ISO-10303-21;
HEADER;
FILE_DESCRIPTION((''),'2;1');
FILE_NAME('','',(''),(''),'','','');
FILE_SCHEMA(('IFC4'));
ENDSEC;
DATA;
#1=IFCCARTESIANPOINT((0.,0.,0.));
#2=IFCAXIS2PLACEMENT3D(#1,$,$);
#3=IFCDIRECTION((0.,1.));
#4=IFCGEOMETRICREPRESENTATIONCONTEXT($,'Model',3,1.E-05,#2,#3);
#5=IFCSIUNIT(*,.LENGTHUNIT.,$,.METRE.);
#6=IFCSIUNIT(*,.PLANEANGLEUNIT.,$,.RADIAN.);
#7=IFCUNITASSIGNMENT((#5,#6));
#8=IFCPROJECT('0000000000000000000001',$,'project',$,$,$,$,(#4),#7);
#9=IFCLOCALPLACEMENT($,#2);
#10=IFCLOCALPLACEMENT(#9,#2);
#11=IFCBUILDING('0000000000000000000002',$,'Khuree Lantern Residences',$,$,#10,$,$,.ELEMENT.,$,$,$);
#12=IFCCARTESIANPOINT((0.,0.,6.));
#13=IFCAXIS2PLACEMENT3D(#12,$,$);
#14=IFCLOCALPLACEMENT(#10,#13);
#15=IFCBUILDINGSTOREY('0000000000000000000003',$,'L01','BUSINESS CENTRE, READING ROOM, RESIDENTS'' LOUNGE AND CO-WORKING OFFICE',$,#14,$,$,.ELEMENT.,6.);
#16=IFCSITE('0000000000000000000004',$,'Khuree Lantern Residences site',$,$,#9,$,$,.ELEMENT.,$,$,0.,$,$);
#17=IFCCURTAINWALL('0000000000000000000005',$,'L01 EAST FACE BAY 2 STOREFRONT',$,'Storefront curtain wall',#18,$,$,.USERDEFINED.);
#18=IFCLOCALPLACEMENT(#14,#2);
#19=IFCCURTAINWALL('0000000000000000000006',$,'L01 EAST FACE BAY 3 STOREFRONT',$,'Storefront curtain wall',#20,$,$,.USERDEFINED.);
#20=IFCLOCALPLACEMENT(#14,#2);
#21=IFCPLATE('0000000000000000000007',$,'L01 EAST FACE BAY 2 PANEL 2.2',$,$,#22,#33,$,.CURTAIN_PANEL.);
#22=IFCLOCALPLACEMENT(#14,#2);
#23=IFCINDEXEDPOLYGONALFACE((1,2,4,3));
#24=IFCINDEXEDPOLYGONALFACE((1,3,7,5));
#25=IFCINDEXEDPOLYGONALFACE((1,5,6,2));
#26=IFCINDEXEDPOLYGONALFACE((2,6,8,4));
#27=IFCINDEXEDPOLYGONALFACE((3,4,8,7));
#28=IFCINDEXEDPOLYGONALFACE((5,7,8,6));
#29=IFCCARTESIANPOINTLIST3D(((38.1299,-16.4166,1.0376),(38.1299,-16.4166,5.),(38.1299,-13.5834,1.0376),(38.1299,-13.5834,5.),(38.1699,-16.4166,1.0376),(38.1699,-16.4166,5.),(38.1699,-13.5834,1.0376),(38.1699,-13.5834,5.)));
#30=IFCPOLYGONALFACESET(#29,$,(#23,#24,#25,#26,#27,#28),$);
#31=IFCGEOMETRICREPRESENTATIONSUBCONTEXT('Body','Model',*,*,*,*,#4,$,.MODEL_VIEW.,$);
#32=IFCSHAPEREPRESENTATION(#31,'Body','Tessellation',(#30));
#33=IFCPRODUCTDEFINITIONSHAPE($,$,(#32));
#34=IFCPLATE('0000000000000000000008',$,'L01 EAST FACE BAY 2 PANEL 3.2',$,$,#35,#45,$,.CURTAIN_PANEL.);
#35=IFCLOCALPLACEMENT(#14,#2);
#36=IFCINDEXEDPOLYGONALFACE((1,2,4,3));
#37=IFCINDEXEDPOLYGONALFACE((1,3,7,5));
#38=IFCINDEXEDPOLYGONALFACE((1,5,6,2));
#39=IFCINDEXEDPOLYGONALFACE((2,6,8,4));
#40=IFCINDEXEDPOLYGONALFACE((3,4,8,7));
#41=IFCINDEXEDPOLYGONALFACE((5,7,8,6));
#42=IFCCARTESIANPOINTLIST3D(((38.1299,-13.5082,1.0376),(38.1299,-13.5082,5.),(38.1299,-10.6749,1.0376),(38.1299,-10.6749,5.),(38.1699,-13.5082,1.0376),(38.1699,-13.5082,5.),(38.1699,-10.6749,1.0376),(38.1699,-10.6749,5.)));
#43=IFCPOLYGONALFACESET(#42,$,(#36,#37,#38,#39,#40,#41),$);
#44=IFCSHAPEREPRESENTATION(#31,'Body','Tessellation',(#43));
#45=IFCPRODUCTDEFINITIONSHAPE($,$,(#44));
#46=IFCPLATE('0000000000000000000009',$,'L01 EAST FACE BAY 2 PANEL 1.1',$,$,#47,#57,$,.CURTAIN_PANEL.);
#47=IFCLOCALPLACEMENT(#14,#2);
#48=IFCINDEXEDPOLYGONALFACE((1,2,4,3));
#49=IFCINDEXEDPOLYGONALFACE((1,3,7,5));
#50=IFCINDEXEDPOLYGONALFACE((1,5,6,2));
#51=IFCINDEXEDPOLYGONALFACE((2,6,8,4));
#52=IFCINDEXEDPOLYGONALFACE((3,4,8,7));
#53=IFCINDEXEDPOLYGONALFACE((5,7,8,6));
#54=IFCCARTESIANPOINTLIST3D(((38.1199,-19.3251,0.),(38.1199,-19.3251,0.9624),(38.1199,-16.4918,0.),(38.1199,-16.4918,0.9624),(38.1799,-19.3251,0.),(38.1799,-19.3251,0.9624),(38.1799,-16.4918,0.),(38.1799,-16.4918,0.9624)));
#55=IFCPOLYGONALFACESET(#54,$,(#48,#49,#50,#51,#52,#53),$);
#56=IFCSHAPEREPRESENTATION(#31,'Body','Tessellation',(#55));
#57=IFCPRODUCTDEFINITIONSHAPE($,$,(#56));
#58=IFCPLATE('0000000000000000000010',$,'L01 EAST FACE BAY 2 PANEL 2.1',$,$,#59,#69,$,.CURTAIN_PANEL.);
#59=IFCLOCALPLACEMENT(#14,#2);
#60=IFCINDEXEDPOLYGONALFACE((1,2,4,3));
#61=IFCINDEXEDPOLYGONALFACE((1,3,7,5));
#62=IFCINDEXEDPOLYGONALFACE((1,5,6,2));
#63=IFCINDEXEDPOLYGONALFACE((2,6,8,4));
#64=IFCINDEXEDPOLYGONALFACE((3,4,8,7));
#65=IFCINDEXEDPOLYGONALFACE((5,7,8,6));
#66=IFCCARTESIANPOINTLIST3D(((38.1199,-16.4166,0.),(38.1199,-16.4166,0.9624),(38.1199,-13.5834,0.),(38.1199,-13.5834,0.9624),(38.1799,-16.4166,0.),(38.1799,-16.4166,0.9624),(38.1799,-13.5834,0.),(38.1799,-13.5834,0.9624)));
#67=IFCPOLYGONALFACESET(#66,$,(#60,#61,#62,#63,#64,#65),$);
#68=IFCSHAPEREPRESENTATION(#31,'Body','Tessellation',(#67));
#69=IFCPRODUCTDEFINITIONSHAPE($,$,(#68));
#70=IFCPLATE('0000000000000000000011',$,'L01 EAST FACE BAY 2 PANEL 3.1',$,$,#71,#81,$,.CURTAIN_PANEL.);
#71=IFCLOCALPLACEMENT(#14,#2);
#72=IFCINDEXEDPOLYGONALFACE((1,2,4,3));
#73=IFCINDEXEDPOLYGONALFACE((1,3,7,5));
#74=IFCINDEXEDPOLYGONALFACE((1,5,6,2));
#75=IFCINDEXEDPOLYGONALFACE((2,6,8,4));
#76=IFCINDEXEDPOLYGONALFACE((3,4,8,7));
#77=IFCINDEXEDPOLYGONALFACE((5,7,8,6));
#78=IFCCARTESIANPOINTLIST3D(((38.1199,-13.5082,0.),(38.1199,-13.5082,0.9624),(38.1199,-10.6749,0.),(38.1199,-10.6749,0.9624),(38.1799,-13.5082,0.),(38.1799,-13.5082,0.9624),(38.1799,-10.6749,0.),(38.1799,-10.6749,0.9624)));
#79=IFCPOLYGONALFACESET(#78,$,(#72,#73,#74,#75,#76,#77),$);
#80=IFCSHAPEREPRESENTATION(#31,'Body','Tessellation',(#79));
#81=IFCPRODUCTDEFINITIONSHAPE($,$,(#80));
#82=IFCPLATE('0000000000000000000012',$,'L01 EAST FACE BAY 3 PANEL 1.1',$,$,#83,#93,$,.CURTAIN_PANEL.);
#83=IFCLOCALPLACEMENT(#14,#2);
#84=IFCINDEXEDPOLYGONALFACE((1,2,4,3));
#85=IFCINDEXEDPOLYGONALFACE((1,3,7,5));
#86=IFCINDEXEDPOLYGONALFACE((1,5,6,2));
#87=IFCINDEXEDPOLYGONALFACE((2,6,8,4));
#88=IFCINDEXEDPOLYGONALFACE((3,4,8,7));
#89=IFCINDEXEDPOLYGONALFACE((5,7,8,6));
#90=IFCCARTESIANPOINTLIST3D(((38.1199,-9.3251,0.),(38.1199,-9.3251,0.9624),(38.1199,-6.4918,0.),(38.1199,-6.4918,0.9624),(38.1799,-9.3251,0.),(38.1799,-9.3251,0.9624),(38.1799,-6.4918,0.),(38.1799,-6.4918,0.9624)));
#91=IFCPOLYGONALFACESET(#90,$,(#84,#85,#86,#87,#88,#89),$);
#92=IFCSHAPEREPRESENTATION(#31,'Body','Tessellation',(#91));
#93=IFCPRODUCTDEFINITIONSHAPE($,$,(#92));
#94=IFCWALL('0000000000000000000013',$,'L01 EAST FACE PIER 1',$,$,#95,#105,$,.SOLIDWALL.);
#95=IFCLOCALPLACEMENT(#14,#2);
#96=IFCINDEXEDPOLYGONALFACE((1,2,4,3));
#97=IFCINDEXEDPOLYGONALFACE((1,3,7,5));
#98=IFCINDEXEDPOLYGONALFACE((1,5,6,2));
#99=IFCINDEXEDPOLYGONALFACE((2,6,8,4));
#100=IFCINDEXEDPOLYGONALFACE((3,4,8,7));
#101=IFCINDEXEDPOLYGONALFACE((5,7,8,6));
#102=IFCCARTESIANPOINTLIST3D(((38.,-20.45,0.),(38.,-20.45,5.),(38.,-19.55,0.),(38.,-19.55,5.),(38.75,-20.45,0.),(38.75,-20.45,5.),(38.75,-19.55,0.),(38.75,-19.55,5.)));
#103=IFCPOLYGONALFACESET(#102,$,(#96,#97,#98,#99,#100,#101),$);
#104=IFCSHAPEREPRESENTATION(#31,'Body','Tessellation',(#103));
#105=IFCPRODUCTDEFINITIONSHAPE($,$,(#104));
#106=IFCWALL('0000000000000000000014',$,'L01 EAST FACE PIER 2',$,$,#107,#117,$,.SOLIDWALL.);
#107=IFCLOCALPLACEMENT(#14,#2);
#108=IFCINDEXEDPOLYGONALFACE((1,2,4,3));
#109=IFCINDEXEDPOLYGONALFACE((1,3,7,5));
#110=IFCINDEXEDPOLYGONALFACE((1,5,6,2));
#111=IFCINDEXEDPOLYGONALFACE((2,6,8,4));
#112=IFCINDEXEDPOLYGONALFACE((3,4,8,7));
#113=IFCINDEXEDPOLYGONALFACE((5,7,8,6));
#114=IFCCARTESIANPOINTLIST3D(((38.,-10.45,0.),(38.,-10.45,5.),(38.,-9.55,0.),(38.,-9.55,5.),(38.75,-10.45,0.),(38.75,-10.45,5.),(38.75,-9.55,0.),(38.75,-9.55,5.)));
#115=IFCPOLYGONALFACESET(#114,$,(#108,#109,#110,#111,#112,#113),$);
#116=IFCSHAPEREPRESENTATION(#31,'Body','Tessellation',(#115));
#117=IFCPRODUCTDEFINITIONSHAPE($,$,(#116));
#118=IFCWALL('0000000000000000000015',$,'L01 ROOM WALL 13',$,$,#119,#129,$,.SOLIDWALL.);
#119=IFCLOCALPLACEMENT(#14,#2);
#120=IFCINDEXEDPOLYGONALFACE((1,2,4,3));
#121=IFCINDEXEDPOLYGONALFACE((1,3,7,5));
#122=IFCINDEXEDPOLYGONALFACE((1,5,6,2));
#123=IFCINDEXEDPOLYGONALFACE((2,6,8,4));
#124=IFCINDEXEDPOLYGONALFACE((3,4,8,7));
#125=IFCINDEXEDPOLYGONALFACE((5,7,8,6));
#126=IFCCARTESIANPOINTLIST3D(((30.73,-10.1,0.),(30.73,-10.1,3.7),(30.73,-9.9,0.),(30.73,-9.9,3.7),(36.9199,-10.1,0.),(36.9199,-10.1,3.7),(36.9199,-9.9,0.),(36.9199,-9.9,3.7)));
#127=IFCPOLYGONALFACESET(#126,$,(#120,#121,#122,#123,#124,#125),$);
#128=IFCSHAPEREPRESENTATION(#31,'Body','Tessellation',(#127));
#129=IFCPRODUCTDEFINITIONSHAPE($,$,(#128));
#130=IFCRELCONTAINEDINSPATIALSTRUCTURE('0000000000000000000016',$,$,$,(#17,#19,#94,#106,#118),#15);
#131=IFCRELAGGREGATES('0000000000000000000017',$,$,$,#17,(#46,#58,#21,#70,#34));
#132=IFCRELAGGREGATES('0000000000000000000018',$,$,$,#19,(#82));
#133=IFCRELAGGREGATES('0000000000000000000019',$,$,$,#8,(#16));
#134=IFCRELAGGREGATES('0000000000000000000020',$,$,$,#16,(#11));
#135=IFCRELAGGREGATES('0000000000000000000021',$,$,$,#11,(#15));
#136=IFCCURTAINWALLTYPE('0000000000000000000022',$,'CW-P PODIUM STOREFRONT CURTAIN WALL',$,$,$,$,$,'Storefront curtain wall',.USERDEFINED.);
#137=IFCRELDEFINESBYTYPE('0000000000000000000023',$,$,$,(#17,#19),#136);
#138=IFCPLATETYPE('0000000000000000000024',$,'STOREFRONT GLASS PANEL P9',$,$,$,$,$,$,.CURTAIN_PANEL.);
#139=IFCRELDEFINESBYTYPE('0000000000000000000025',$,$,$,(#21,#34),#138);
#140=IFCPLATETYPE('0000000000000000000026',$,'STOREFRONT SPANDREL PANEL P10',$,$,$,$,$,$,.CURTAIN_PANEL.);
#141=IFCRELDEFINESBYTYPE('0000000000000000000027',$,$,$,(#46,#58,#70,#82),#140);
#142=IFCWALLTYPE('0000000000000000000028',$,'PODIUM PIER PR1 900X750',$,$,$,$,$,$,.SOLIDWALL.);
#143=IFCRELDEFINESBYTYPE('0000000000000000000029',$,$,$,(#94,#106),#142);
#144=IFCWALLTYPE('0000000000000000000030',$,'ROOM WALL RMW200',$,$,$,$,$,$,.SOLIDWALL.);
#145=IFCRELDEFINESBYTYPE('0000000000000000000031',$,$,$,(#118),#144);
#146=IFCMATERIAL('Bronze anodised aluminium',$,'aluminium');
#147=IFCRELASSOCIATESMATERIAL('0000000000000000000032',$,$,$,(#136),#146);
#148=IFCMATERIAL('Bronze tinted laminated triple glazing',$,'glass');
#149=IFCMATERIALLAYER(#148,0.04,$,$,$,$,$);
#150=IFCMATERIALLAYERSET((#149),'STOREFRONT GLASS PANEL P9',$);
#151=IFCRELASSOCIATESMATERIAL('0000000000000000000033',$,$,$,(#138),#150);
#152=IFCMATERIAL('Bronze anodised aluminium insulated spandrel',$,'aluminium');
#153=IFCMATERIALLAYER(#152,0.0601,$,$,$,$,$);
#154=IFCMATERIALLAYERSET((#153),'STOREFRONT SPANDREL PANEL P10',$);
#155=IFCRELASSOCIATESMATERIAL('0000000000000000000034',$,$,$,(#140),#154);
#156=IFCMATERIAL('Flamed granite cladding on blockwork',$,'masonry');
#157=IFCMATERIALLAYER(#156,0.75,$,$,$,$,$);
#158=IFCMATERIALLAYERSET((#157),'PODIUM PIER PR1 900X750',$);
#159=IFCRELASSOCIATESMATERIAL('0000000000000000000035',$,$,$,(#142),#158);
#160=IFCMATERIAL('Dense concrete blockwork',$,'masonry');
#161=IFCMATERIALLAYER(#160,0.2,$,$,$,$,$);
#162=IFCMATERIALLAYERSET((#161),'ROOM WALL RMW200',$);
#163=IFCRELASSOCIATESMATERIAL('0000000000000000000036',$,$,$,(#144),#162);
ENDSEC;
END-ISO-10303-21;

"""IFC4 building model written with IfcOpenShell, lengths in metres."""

from ifc_helpers import new_model, si_unit, direction, frame, frame_2d, origin, origin_2d, place, context, subcontext, project, spatial, rectangle, extrude, material, layer, layer_set, type_object, element, aggregate, save


model = new_model("IFC4")

# Units and contexts
model_context = context("Model", 3, precision=1e-05, world=origin(), true_north=direction((0.0, 1.0)))
body_context = subcontext(model_context, "Body", "Model", "MODEL_VIEW")
ifc_project = project(units=[si_unit("LENGTHUNIT", "METRE"), si_unit("PLANEANGLEUNIT", "RADIAN")], contexts=[model_context])

# Site, building, storey
site_placement = place(None, origin())
site = spatial("IfcSite", under=ifc_project, at=site_placement, Name="Khuree Lantern Residences site", CompositionType="ELEMENT", RefElevation=0.0)
building_placement = place(site_placement, origin())
building = spatial("IfcBuilding", under=site, at=building_placement, Name="Khuree Lantern Residences", CompositionType="ELEMENT")
storey_placement = place(building_placement, frame((0.0, 0.0, 6.0)))
storey = spatial("IfcBuildingStorey", under=building, at=storey_placement, Name="L01", Description="BUSINESS CENTRE, READING ROOM, RESIDENTS' LOUNGE AND CO-WORKING OFFICE", CompositionType="ELEMENT", Elevation=6.0)

# Curtain wall
ifc_material_1 = material(Name="Bronze anodised aluminium", Category="aluminium")
curtain_wall_type = type_object("IfcCurtainWallType", Name="CW-P PODIUM STOREFRONT CURTAIN WALL", ElementType="Storefront curtain wall", PredefinedType="USERDEFINED", material=ifc_material_1)
curtain_wall_1_placement = place(storey_placement, origin())
curtain_wall_1 = element("IfcCurtainWall", 1, at=curtain_wall_1_placement, inside=storey, type_object=curtain_wall_type, Name="L01 EAST FACE BAY 2 STOREFRONT", ObjectType="Storefront curtain wall", PredefinedType="USERDEFINED")

# Curtain wall
curtain_wall_2_placement = place(storey_placement, origin())
curtain_wall_2 = element("IfcCurtainWall", 2, at=curtain_wall_2_placement, inside=storey, type_object=curtain_wall_type, Name="L01 EAST FACE BAY 3 STOREFRONT", ObjectType="Storefront curtain wall", PredefinedType="USERDEFINED")

# Plates
ifc_material_2 = material(Name="Bronze tinted laminated triple glazing", Category="glass")
ifc_layer_1 = layer(ifc_material_2, 0.04)
ifc_layer_set_1 = layer_set([ifc_layer_1], Name="STOREFRONT GLASS PANEL P9")
plate_type_1 = type_object("IfcPlateType", Name="STOREFRONT GLASS PANEL P9", PredefinedType="CURTAIN_PANEL", material=ifc_layer_set_1)
plate_1_placement = place(storey_placement, frame((38.1499, -15.0, 1.0376), z_axis=(0.0, 0.0, 1.0), x_axis=(0.0, 1.0, 0.0)))
plate_1 = element("IfcPlate", 3, at=plate_1_placement, type_object=plate_type_1, Name="L01 EAST FACE BAY 2 PANEL 2.2", PredefinedType="CURTAIN_PANEL", context=body_context, shape_type="SweptSolid", body=[
    extrude(rectangle(XDim=2.8333, YDim=0.04, at=origin_2d()), origin(), (0.0, 0.0, 1.0), 3.9624),
])
plate_2_placement = place(storey_placement, frame((38.1499, -12.0916, 1.0376), z_axis=(0.0, 0.0, 1.0), x_axis=(0.0, 1.0, 0.0)))
plate_2 = element("IfcPlate", 4, at=plate_2_placement, type_object=plate_type_1, Name="L01 EAST FACE BAY 2 PANEL 3.2", PredefinedType="CURTAIN_PANEL", context=body_context, shape_type="SweptSolid", body=[
    extrude(rectangle(XDim=2.8333, YDim=0.04, at=origin_2d()), origin(), (0.0, 0.0, 1.0), 3.9624),
])
ifc_material_3 = material(Name="Bronze anodised aluminium insulated spandrel", Category="aluminium")
ifc_layer_2 = layer(ifc_material_3, 0.0601)
ifc_layer_set_2 = layer_set([ifc_layer_2], Name="STOREFRONT SPANDREL PANEL P10")
plate_type_2 = type_object("IfcPlateType", Name="STOREFRONT SPANDREL PANEL P10", PredefinedType="CURTAIN_PANEL", material=ifc_layer_set_2)
plate_3_placement = place(storey_placement, frame((38.1499, -17.9084, 0.0), z_axis=(0.0, 0.0, 1.0), x_axis=(0.0, 1.0, 0.0)))
plate_3 = element("IfcPlate", 5, at=plate_3_placement, type_object=plate_type_2, Name="L01 EAST FACE BAY 2 PANEL 1.1", PredefinedType="CURTAIN_PANEL", context=body_context, shape_type="SweptSolid", body=[
    extrude(rectangle(XDim=2.8333, YDim=0.0601, at=origin_2d()), origin(), (0.0, 0.0, 1.0), 0.9624),
])
plate_4_placement = place(storey_placement, frame((38.1499, -15.0, 0.0), z_axis=(0.0, 0.0, 1.0), x_axis=(0.0, 1.0, 0.0)))
plate_4 = element("IfcPlate", 6, at=plate_4_placement, type_object=plate_type_2, Name="L01 EAST FACE BAY 2 PANEL 2.1", PredefinedType="CURTAIN_PANEL", context=body_context, shape_type="SweptSolid", body=[
    extrude(rectangle(XDim=2.8333, YDim=0.0601, at=origin_2d()), origin(), (0.0, 0.0, 1.0), 0.9624),
])
plate_5_placement = place(storey_placement, frame((38.1499, -12.0916, 0.0), z_axis=(0.0, 0.0, 1.0), x_axis=(0.0, 1.0, 0.0)))
plate_5 = element("IfcPlate", 7, at=plate_5_placement, type_object=plate_type_2, Name="L01 EAST FACE BAY 2 PANEL 3.1", PredefinedType="CURTAIN_PANEL", context=body_context, shape_type="SweptSolid", body=[
    extrude(rectangle(XDim=2.8333, YDim=0.0601, at=origin_2d()), origin(), (0.0, 0.0, 1.0), 0.9624),
])
aggregate(curtain_wall_1, [plate_3, plate_4, plate_1, plate_5, plate_2])
plate_6_placement = place(storey_placement, frame((38.1499, -7.9084, 0.0), z_axis=(0.0, 0.0, 1.0), x_axis=(0.0, 1.0, 0.0)))
plate_6 = element("IfcPlate", 8, at=plate_6_placement, type_object=plate_type_2, Name="L01 EAST FACE BAY 3 PANEL 1.1", PredefinedType="CURTAIN_PANEL", context=body_context, shape_type="SweptSolid", body=[
    extrude(rectangle(XDim=2.8333, YDim=0.0601, at=origin_2d()), origin(), (0.0, 0.0, 1.0), 0.9624),
])
aggregate(curtain_wall_2, [plate_6])

# Walls
ifc_material_4 = material(Name="Flamed granite cladding on blockwork", Category="masonry")
ifc_layer_3 = layer(ifc_material_4, 0.75)
ifc_layer_set_3 = layer_set([ifc_layer_3], Name="PODIUM PIER PR1 900X750")
wall_type_1 = type_object("IfcWallType", Name="PODIUM PIER PR1 900X750", PredefinedType="SOLIDWALL", material=ifc_layer_set_3)
for number, where, z_axis, x_axis, name in (
    (9, (38.375, -20.45, 0.0), (0.0, 0.0, 1.0), (0.0, 1.0, 0.0), "L01 EAST FACE PIER 1"),
    (10, (38.375, -10.45, 0.0), (0.0, 0.0, 1.0), (0.0, 1.0, 0.0), "L01 EAST FACE PIER 2"),
):
    element("IfcWall", number, at=place(storey_placement, frame(where, z_axis=z_axis, x_axis=x_axis)), inside=storey, type_object=wall_type_1, Name=name, PredefinedType="SOLIDWALL", context=body_context, shape_type="SweptSolid", body=[
        extrude(rectangle(XDim=0.8999, YDim=0.75, at=frame_2d((0.45, 0.0))), origin(), (0.0, 0.0, 1.0), 5.0),
    ])
ifc_material_5 = material(Name="Dense concrete blockwork", Category="masonry")
ifc_layer_4 = layer(ifc_material_5, 0.2)
ifc_layer_set_4 = layer_set([ifc_layer_4], Name="ROOM WALL RMW200")
wall_type_2 = type_object("IfcWallType", Name="ROOM WALL RMW200", PredefinedType="SOLIDWALL", material=ifc_layer_set_4)
wall_placement = place(storey_placement, frame((30.73, -10.0, 0.0), z_axis=(0.0, 0.0, 1.0), x_axis=(1.0, 0.0, 0.0)))
element("IfcWall", 11, at=wall_placement, inside=storey, type_object=wall_type_2, Name="L01 ROOM WALL 13", PredefinedType="SOLIDWALL", context=body_context, shape_type="SweptSolid", body=[
    extrude(rectangle(XDim=6.1899, YDim=0.2, at=frame_2d((3.095, 0.0))), origin(), (0.0, 0.0, 1.0), 3.7),
])

save(model, "model.ifc")
